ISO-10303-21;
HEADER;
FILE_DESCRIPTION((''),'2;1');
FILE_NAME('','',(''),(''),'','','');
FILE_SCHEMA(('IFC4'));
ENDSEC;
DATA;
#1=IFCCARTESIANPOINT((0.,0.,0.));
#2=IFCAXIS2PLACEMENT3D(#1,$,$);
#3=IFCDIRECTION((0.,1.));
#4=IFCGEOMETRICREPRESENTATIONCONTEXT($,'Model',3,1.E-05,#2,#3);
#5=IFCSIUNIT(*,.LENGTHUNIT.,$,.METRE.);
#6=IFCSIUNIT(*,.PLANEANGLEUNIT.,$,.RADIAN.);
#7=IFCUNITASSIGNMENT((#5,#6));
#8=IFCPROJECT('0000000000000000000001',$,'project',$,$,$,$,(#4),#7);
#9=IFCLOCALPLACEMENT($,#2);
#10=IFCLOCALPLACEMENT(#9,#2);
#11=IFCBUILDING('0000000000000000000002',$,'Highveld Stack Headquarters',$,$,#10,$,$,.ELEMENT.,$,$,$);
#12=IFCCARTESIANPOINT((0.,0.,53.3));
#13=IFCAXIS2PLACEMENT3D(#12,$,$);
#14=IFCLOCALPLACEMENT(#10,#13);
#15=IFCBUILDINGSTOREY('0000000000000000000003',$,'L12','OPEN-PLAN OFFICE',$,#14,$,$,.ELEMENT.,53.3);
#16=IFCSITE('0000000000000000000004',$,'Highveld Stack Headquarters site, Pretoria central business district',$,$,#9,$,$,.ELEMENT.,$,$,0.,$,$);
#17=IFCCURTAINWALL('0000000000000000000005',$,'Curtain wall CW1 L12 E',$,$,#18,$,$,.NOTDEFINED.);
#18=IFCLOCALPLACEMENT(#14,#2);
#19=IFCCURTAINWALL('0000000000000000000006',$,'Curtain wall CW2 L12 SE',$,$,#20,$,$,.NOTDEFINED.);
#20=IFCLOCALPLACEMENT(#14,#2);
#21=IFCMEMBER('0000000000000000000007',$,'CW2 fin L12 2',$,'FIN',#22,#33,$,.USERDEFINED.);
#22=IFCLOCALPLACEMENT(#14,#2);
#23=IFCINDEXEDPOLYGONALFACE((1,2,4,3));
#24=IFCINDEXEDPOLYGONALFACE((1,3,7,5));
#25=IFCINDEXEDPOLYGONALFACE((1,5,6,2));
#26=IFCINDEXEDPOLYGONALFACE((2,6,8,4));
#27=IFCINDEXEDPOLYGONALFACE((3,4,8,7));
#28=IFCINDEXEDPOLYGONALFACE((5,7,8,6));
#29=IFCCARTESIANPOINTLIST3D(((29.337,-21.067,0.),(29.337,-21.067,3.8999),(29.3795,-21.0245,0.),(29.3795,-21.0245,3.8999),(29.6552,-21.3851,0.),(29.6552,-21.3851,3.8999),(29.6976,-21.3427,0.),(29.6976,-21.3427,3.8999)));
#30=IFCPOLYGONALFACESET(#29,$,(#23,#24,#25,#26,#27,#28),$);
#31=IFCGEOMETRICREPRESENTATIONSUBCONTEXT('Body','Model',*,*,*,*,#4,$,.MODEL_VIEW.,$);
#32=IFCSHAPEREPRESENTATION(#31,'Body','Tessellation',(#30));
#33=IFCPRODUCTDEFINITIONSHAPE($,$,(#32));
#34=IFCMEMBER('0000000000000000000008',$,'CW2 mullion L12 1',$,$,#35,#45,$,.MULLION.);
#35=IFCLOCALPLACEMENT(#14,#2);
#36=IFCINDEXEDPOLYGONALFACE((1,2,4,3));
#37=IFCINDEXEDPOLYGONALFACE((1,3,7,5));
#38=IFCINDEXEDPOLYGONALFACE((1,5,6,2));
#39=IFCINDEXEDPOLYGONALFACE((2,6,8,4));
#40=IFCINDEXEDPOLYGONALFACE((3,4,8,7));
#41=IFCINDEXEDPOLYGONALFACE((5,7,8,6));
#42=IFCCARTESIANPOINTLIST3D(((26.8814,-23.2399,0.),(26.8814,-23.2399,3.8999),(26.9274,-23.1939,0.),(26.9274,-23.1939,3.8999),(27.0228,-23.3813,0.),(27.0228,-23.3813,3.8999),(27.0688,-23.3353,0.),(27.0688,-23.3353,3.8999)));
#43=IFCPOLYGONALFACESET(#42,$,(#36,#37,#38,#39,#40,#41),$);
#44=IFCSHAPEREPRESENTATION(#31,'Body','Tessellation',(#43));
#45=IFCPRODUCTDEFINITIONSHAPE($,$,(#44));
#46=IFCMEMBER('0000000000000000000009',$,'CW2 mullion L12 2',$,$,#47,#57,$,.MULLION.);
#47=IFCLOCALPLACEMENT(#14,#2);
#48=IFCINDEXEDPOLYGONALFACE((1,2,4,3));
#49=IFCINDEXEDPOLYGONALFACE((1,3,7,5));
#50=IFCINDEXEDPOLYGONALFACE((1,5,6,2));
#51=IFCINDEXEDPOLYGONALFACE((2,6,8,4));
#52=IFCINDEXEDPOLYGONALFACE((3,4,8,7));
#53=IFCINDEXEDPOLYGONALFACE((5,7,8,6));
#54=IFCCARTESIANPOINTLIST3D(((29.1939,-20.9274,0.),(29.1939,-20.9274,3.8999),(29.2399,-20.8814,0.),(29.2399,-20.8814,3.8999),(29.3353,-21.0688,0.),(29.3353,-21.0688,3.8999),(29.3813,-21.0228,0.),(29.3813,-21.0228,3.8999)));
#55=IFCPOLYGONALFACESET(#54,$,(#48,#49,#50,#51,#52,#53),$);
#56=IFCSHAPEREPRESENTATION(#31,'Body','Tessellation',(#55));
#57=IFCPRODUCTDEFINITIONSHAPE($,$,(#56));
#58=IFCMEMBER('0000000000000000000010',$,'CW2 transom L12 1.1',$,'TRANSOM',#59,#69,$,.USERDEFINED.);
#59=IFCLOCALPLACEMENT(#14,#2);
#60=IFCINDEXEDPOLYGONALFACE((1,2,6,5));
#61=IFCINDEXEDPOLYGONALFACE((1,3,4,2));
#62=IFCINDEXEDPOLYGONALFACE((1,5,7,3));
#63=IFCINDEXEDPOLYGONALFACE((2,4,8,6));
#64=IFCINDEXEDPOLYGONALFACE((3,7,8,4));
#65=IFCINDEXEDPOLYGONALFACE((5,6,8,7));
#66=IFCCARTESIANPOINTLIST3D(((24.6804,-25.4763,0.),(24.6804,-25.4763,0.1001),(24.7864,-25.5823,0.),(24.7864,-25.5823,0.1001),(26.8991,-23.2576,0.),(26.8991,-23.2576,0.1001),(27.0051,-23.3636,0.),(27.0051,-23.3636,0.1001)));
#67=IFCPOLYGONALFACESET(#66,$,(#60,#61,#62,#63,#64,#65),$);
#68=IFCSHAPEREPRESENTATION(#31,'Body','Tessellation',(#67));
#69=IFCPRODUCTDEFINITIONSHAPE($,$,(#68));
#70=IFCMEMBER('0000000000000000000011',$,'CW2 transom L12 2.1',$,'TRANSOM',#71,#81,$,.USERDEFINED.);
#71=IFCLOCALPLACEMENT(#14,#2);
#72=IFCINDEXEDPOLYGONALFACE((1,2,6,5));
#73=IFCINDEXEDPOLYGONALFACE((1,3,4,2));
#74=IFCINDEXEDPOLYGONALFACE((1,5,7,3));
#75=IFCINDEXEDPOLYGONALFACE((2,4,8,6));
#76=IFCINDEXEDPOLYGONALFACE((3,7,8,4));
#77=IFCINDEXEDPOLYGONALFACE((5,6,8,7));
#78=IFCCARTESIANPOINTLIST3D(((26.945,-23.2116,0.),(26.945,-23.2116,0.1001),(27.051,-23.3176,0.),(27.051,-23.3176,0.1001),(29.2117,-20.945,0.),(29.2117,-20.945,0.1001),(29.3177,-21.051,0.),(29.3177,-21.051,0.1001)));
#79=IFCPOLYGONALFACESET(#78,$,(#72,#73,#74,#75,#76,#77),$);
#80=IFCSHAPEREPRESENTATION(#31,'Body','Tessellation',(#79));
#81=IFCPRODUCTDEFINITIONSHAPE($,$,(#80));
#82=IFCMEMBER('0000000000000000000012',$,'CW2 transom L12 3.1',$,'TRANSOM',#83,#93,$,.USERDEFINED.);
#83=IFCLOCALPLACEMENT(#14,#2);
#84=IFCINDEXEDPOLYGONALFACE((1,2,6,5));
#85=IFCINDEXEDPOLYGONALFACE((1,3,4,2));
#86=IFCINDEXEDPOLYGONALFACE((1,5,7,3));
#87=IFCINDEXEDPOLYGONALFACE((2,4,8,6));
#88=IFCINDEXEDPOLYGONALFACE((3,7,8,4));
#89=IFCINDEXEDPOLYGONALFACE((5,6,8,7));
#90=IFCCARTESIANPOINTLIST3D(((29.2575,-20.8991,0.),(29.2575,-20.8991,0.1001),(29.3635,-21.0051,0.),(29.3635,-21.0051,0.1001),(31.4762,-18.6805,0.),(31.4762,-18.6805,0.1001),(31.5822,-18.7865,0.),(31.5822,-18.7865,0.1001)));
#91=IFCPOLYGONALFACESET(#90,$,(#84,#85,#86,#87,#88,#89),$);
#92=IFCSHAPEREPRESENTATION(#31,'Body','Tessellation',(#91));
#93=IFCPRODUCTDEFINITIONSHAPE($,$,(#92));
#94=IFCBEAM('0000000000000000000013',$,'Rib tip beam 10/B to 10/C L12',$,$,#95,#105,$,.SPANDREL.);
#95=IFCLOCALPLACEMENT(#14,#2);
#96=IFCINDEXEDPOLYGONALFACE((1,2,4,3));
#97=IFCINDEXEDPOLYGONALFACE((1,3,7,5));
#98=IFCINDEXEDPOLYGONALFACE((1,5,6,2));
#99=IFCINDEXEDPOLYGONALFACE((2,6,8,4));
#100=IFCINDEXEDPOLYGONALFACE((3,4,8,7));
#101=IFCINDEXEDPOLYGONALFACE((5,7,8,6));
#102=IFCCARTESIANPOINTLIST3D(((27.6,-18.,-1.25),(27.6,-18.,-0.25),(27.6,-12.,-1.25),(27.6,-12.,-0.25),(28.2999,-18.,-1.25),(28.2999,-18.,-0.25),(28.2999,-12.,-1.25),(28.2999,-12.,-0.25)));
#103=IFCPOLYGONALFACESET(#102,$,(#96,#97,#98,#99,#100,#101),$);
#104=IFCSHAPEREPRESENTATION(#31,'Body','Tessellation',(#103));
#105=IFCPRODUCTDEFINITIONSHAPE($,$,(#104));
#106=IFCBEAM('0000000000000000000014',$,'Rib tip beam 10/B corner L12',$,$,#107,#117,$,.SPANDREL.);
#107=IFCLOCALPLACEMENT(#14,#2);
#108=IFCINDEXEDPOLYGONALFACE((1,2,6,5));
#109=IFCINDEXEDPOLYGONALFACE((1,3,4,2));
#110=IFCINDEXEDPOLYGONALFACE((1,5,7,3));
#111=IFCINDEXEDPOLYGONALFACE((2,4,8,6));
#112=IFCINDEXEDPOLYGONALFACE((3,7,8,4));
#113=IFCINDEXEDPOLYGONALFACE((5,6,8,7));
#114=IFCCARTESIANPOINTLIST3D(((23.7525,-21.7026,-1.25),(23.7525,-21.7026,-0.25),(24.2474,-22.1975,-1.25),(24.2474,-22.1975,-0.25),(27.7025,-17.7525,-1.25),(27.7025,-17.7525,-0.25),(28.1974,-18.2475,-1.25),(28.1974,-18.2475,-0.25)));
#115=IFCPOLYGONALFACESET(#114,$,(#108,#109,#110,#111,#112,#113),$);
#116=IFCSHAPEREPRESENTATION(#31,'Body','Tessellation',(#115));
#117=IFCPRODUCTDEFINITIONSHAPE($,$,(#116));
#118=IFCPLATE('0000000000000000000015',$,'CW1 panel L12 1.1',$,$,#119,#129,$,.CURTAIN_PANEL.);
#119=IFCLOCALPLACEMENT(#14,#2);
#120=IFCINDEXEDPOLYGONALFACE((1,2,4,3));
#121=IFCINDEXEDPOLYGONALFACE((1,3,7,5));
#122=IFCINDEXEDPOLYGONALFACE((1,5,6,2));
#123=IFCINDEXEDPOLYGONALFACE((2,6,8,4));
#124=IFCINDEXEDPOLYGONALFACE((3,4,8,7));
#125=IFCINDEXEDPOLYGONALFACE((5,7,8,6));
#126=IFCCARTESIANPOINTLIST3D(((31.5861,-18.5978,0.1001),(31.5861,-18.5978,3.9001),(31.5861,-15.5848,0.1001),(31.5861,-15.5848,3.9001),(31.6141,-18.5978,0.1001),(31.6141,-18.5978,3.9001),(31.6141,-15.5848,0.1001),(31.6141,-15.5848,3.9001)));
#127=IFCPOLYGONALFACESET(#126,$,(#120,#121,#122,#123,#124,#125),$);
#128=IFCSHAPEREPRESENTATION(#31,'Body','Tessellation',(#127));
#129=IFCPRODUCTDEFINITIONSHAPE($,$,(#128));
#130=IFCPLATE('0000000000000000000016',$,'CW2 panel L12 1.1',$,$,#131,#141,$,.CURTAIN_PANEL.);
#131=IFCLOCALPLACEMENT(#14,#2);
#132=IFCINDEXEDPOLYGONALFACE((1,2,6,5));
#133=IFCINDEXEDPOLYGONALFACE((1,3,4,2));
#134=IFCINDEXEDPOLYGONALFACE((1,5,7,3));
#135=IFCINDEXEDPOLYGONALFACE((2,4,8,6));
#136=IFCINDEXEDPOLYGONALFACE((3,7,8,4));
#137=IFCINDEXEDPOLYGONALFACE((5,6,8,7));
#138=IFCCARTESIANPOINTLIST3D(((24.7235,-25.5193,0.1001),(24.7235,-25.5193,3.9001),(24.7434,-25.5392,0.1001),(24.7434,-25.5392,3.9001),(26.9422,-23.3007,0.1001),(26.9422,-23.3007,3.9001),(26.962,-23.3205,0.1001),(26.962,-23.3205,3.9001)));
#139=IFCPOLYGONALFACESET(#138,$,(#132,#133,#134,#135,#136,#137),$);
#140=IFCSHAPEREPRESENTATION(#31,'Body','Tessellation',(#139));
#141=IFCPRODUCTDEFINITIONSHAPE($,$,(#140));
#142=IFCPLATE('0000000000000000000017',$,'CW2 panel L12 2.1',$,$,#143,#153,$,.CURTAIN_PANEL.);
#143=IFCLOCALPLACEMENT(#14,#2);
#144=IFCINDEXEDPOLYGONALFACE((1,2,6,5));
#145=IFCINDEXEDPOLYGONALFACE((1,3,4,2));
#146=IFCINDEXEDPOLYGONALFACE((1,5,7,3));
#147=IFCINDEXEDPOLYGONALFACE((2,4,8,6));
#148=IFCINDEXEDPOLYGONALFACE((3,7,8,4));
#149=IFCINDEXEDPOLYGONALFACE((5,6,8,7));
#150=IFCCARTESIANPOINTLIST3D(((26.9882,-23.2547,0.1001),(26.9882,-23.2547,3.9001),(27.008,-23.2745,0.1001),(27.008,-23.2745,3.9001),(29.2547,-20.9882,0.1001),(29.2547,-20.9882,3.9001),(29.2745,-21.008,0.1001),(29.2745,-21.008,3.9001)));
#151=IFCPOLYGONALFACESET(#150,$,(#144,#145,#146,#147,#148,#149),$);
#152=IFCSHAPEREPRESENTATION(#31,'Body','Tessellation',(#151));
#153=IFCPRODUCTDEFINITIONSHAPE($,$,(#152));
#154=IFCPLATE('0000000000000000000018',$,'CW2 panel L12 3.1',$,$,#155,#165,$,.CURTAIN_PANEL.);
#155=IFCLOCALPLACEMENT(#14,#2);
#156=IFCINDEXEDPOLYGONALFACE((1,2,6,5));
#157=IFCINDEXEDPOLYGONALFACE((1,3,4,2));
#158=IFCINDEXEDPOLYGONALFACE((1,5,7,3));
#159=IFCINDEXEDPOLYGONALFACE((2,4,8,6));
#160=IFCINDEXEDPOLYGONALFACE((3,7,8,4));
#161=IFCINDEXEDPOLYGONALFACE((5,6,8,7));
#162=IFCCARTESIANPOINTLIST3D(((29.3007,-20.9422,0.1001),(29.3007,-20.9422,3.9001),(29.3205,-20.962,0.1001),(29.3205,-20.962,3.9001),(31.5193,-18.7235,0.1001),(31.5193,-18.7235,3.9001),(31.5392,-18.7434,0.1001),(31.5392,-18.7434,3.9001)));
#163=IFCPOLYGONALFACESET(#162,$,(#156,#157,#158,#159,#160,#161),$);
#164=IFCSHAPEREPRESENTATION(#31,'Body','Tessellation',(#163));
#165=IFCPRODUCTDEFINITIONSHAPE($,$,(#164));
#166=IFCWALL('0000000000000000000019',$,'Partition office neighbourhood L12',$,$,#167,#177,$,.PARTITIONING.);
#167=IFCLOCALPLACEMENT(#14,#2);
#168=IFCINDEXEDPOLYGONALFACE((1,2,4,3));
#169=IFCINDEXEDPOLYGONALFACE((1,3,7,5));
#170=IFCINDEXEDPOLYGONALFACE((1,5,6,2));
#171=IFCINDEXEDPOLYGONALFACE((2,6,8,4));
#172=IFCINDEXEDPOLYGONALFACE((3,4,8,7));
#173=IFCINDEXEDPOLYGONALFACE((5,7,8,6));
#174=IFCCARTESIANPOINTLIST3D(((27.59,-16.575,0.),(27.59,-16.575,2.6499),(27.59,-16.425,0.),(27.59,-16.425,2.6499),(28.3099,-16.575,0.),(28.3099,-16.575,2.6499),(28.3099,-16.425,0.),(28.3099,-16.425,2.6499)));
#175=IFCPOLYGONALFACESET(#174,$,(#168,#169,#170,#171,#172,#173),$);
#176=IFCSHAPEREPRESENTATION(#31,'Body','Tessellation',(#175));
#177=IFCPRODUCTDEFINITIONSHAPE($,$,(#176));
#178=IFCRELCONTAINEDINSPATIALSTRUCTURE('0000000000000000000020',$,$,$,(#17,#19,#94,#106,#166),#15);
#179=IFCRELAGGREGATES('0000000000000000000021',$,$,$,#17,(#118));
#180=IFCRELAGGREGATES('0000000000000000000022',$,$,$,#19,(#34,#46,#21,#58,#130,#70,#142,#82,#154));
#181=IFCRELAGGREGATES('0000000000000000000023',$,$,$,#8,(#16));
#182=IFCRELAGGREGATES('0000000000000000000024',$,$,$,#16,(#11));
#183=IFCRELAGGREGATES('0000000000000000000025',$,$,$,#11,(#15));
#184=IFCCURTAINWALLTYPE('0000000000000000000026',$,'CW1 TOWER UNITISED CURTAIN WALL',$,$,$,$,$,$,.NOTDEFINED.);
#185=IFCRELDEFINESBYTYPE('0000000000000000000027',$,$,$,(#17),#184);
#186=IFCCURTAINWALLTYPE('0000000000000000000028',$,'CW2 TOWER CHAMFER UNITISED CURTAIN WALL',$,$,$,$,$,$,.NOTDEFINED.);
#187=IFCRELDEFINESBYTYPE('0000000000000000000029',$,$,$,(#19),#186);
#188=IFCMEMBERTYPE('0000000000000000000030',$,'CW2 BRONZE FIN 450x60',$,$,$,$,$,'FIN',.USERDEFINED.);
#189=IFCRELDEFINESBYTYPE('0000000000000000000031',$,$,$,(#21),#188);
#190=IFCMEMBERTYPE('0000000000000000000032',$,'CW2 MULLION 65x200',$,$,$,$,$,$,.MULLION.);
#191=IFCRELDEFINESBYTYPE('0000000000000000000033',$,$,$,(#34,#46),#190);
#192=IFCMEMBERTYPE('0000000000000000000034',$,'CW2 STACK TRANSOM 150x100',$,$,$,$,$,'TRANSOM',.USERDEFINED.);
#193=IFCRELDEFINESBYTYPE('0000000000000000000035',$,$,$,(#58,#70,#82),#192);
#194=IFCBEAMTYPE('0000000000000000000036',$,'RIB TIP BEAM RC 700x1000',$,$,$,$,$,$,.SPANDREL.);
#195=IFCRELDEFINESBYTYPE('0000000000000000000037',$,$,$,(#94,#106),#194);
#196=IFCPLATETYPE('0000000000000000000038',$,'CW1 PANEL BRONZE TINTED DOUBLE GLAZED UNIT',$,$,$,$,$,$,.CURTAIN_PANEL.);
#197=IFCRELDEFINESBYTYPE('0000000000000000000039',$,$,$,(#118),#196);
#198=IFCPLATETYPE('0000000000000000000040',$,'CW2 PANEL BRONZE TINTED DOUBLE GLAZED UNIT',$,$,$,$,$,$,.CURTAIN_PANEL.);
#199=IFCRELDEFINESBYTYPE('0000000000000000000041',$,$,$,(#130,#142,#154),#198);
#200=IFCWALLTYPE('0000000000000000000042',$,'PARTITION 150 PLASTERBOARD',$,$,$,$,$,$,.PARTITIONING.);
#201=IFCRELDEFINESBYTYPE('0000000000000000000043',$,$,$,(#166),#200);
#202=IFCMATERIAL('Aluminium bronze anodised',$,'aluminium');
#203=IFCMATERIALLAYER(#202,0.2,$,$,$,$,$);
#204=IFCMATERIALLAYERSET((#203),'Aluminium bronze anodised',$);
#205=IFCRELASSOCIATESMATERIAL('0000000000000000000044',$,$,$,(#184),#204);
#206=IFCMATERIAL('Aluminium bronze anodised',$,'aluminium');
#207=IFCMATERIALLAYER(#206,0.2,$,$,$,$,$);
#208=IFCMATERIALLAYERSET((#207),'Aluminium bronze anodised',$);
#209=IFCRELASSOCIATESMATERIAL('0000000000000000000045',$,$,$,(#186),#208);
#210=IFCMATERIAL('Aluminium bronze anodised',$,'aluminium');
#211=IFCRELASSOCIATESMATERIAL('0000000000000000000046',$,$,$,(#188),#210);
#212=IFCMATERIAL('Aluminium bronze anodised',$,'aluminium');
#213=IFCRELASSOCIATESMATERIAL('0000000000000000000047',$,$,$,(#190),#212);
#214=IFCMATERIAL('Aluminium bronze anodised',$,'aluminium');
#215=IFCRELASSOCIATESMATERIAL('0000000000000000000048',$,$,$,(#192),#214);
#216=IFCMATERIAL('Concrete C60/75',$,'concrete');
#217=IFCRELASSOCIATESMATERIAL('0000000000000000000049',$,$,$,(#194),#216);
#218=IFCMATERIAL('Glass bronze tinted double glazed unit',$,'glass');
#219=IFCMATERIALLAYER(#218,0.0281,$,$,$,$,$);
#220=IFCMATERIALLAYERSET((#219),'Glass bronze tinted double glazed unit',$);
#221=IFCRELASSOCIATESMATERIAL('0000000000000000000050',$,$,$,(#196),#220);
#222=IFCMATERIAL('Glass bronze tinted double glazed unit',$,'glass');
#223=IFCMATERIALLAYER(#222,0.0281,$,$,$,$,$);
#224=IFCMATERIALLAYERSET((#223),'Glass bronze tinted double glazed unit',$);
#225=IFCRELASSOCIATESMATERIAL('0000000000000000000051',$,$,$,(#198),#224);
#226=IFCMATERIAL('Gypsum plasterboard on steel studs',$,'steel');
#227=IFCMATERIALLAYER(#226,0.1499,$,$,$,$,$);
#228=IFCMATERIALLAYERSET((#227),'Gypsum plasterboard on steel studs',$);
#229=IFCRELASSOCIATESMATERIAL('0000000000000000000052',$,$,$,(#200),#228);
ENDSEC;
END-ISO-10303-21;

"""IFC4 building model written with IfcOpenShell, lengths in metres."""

from ifc_helpers import new_model, si_unit, direction, frame, frame_2d, origin, origin_2d, place, context, subcontext, project, spatial, rectangle, extrude, material, layer, layer_set, material_profile, profile_set, type_object, element, aggregate, save


model = new_model("IFC4")

# Units and contexts
model_context = context("Model", 3, precision=1e-05, world=origin(), true_north=direction((0.0, 1.0)))
body_context = subcontext(model_context, "Body", "Model", "MODEL_VIEW")
ifc_project = project(units=[si_unit("LENGTHUNIT", "METRE"), si_unit("PLANEANGLEUNIT", "RADIAN")], contexts=[model_context])

# Site, building, storey
site_placement = place(None, origin())
site = spatial("IfcSite", under=ifc_project, at=site_placement, Name="Highveld Stack Headquarters site, Pretoria central business district", CompositionType="ELEMENT", RefElevation=0.0)
building_placement = place(site_placement, origin())
building = spatial("IfcBuilding", under=site, at=building_placement, Name="Highveld Stack Headquarters", CompositionType="ELEMENT")
storey_placement = place(building_placement, frame((0.0, 0.0, 53.3)))
storey = spatial("IfcBuildingStorey", under=building, at=storey_placement, Name="L12", Description="OPEN-PLAN OFFICE", CompositionType="ELEMENT", Elevation=53.3)

# Shared definitions
ifc_material_1 = material(Name="Aluminium bronze anodised", Category="aluminium")
ifc_layer_1 = layer(ifc_material_1, 0.2)
ifc_layer_set_1 = layer_set([ifc_layer_1], Name="Aluminium bronze anodised")
curtain_wall_type_1 = type_object("IfcCurtainWallType", Name="CW1 TOWER UNITISED CURTAIN WALL", PredefinedType="NOTDEFINED", material=ifc_layer_set_1)

# Curtain wall
curtain_wall_1_placement = place(storey_placement, origin())
curtain_wall_1 = element("IfcCurtainWall", 1, at=curtain_wall_1_placement, inside=storey, type_object=curtain_wall_type_1, Name="Curtain wall CW1 L12 E", PredefinedType="NOTDEFINED")

# Curtain wall, members
ifc_material_2 = material(Name="Aluminium bronze anodised", Category="aluminium")
ifc_layer_2 = layer(ifc_material_2, 0.2)
ifc_layer_set_2 = layer_set([ifc_layer_2], Name="Aluminium bronze anodised")
curtain_wall_type_2 = type_object("IfcCurtainWallType", Name="CW2 TOWER CHAMFER UNITISED CURTAIN WALL", PredefinedType="NOTDEFINED", material=ifc_layer_set_2)
curtain_wall_2_placement = place(storey_placement, origin())
curtain_wall_2 = element("IfcCurtainWall", 2, at=curtain_wall_2_placement, inside=storey, type_object=curtain_wall_type_2, Name="Curtain wall CW2 L12 SE", PredefinedType="NOTDEFINED")
ifc_material_3 = material(Name="Aluminium bronze anodised", Category="aluminium")
ifc_material_profile_1 = material_profile(ifc_material_3, rectangle(XDim=0.45, YDim=0.0601, at=origin_2d()), Name="FIN 450x60")
ifc_profile_set_1 = profile_set([ifc_material_profile_1], Name="Aluminium bronze anodised")
member_type_1 = type_object("IfcMemberType", Name="CW2 BRONZE FIN 450x60", ElementType="FIN", PredefinedType="USERDEFINED", material=ifc_profile_set_1)
member_1_placement = place(storey_placement, frame((29.5173, -21.2048, 0.0), z_axis=(0.0, 0.0, 1.0), x_axis=(-0.707107, 0.707107, 0.0)))
member_1 = element("IfcMember", 3, at=member_1_placement, type_object=member_type_1, Name="CW2 fin L12 2", ObjectType="FIN", PredefinedType="USERDEFINED", context=body_context, shape_type="SweptSolid", body=[
    extrude(rectangle(XDim=0.45, YDim=0.0601, at=origin_2d()), origin(), (0.0, 0.0, 1.0), 3.8999),
])
ifc_material_4 = material(Name="Aluminium bronze anodised", Category="aluminium")
ifc_material_profile_2 = material_profile(ifc_material_4, rectangle(XDim=0.2, YDim=0.0649, at=origin_2d()), Name="CW2 MULLION 65x200")
ifc_profile_set_2 = profile_set([ifc_material_profile_2], Name="Aluminium bronze anodised")
member_type_2 = type_object("IfcMemberType", Name="CW2 MULLION 65x200", PredefinedType="MULLION", material=ifc_profile_set_2)
member_2_placement = place(storey_placement, frame((26.9751, -23.2876, 0.0), z_axis=(0.0, 0.0, 1.0), x_axis=(-0.707107, 0.707107, 0.0)))
member_2 = element("IfcMember", 4, at=member_2_placement, type_object=member_type_2, Name="CW2 mullion L12 1", PredefinedType="MULLION", context=body_context, shape_type="SweptSolid", body=[
    extrude(rectangle(XDim=0.2, YDim=0.0649, at=origin_2d()), origin(), (0.0, 0.0, 1.0), 3.8999),
])
member_3_placement = place(storey_placement, frame((29.2876, -20.9751, 0.0), z_axis=(0.0, 0.0, 1.0), x_axis=(-0.707107, 0.707107, 0.0)))
member_3 = element("IfcMember", 5, at=member_3_placement, type_object=member_type_2, Name="CW2 mullion L12 2", PredefinedType="MULLION", context=body_context, shape_type="SweptSolid", body=[
    extrude(rectangle(XDim=0.2, YDim=0.0649, at=origin_2d()), origin(), (0.0, 0.0, 1.0), 3.8999),
])
ifc_material_5 = material(Name="Aluminium bronze anodised", Category="aluminium")
ifc_material_profile_3 = material_profile(ifc_material_5, rectangle(XDim=0.1499, YDim=0.1001, at=origin_2d()), Name="CW2 TRANSOM 150x100")
ifc_profile_set_3 = profile_set([ifc_material_profile_3], Name="Aluminium bronze anodised")
member_type_3 = type_object("IfcMemberType", Name="CW2 STACK TRANSOM 150x100", ElementType="TRANSOM", PredefinedType="USERDEFINED", material=ifc_profile_set_3)
member_4_placement = place(storey_placement, frame((24.7334, -25.5293, 0.05), z_axis=(0.707107, 0.707107, 0.0), x_axis=(-0.707107, 0.707107, 0.0)))
member_4 = element("IfcMember", 6, at=member_4_placement, type_object=member_type_3, Name="CW2 transom L12 1.1", ObjectType="TRANSOM", PredefinedType="USERDEFINED", context=body_context, shape_type="SweptSolid", body=[
    extrude(rectangle(XDim=0.1499, YDim=0.1001, at=origin_2d()), origin(), (0.0, 0.0, 1.0), 3.1377),
])
member_5_placement = place(storey_placement, frame((26.998, -23.2646, 0.05), z_axis=(0.707107, 0.707107, 0.0), x_axis=(-0.707107, 0.707107, 0.0)))
member_5 = element("IfcMember", 7, at=member_5_placement, type_object=member_type_3, Name="CW2 transom L12 2.1", ObjectType="TRANSOM", PredefinedType="USERDEFINED", context=body_context, shape_type="SweptSolid", body=[
    extrude(rectangle(XDim=0.1499, YDim=0.1001, at=origin_2d()), origin(), (0.0, 0.0, 1.0), 3.2056),
])
member_6_placement = place(storey_placement, frame((29.3105, -20.9521, 0.05), z_axis=(0.707107, 0.707107, 0.0), x_axis=(-0.707107, 0.707107, 0.0)))
member_6 = element("IfcMember", 8, at=member_6_placement, type_object=member_type_3, Name="CW2 transom L12 3.1", ObjectType="TRANSOM", PredefinedType="USERDEFINED", context=body_context, shape_type="SweptSolid", body=[
    extrude(rectangle(XDim=0.1499, YDim=0.1001, at=origin_2d()), origin(), (0.0, 0.0, 1.0), 3.1377),
])

# Beams
ifc_material_6 = material(Name="Concrete C60/75", Category="concrete")
ifc_material_profile_4 = material_profile(ifc_material_6, rectangle(XDim=0.7, YDim=1.0, at=origin_2d()), Name="RC 700x1000")
ifc_profile_set_4 = profile_set([ifc_material_profile_4], Name="Concrete C60/75")
beam_type_1 = type_object("IfcBeamType", Name="RIB TIP BEAM RC 700x1000", PredefinedType="SPANDREL", material=ifc_profile_set_4)
beam_1_placement = place(storey_placement, frame((27.95, -18.0, -0.75), z_axis=(0.0, 1.0, 0.0), x_axis=(-1.0, 0.0, 0.0)))
element("IfcBeam", 9, at=beam_1_placement, inside=storey, type_object=beam_type_1, Name="Rib tip beam 10/B to 10/C L12", PredefinedType="SPANDREL", context=body_context, shape_type="SweptSolid", body=[
    extrude(rectangle(XDim=0.7, YDim=1.0, at=origin_2d()), origin(), (0.0, 0.0, 1.0), 6.0),
])
beam_2_placement = place(storey_placement, frame((27.95, -18.0, -0.75), z_axis=(-0.707107, -0.707107, 0.0), x_axis=(0.707107, -0.707107, 0.0)))
element("IfcBeam", 10, at=beam_2_placement, inside=storey, type_object=beam_type_1, Name="Rib tip beam 10/B corner L12", PredefinedType="SPANDREL", context=body_context, shape_type="SweptSolid", body=[
    extrude(rectangle(XDim=0.7, YDim=1.0, at=origin_2d()), origin(), (0.0, 0.0, 1.0), 5.5862),
])

# Plates
ifc_material_7 = material(Name="Glass bronze tinted double glazed unit", Category="glass")
ifc_layer_3 = layer(ifc_material_7, 0.0281)
ifc_layer_set_3 = layer_set([ifc_layer_3], Name="Glass bronze tinted double glazed unit")
plate_type_1 = type_object("IfcPlateType", Name="CW1 PANEL BRONZE TINTED DOUBLE GLAZED UNIT", PredefinedType="CURTAIN_PANEL", material=ifc_layer_set_3)
plate_1_placement = place(storey_placement, frame((31.6001, -17.0913, 0.1001), z_axis=(0.0, 0.0, 1.0), x_axis=(0.0, 1.0, 0.0)))
plate_1 = element("IfcPlate", 11, at=plate_1_placement, type_object=plate_type_1, Name="CW1 panel L12 1.1", PredefinedType="CURTAIN_PANEL", context=body_context, shape_type="SweptSolid", body=[
    extrude(rectangle(XDim=3.0129, YDim=0.0281, at=origin_2d()), origin(), (0.0, 0.0, 1.0), 3.8),
])
aggregate(curtain_wall_1, [plate_1])
ifc_material_8 = material(Name="Glass bronze tinted double glazed unit", Category="glass")
ifc_layer_4 = layer(ifc_material_8, 0.0281)
ifc_layer_set_4 = layer_set([ifc_layer_4], Name="Glass bronze tinted double glazed unit")
plate_type_2 = type_object("IfcPlateType", Name="CW2 PANEL BRONZE TINTED DOUBLE GLAZED UNIT", PredefinedType="CURTAIN_PANEL", material=ifc_layer_set_4)
plate_2_placement = place(storey_placement, frame((25.8428, -24.4199, 0.1001), z_axis=(0.0, 0.0, 1.0), x_axis=(0.707107, 0.707107, 0.0)))
plate_2 = element("IfcPlate", 12, at=plate_2_placement, type_object=plate_type_2, Name="CW2 panel L12 1.1", PredefinedType="CURTAIN_PANEL", context=body_context, shape_type="SweptSolid", body=[
    extrude(rectangle(XDim=3.1377, YDim=0.0281, at=origin_2d()), origin(), (0.0, 0.0, 1.0), 3.8),
])
plate_3_placement = place(storey_placement, frame((28.1313, -22.1313, 0.1001), z_axis=(0.0, 0.0, 1.0), x_axis=(0.707107, 0.707107, 0.0)))
plate_3 = element("IfcPlate", 13, at=plate_3_placement, type_object=plate_type_2, Name="CW2 panel L12 2.1", PredefinedType="CURTAIN_PANEL", context=body_context, shape_type="SweptSolid", body=[
    extrude(rectangle(XDim=3.2053, YDim=0.0281, at=origin_2d()), origin(), (0.0, 0.0, 1.0), 3.8),
])
plate_4_placement = place(storey_placement, frame((30.4199, -19.8428, 0.1001), z_axis=(0.0, 0.0, 1.0), x_axis=(0.707107, 0.707107, 0.0)))
plate_4 = element("IfcPlate", 14, at=plate_4_placement, type_object=plate_type_2, Name="CW2 panel L12 3.1", PredefinedType="CURTAIN_PANEL", context=body_context, shape_type="SweptSolid", body=[
    extrude(rectangle(XDim=3.1377, YDim=0.0281, at=origin_2d()), origin(), (0.0, 0.0, 1.0), 3.8),
])
aggregate(curtain_wall_2, [member_2, member_3, member_1, member_4, plate_2, member_5, plate_3, member_6, plate_4])

# Wall
ifc_material_9 = material(Name="Gypsum plasterboard on steel studs", Category="steel")
ifc_layer_5 = layer(ifc_material_9, 0.1499)
ifc_layer_set_5 = layer_set([ifc_layer_5], Name="Gypsum plasterboard on steel studs")
wall_type = type_object("IfcWallType", Name="PARTITION 150 PLASTERBOARD", PredefinedType="PARTITIONING", material=ifc_layer_set_5)
wall_1_placement = place(storey_placement, frame((27.5901, -16.5, 0.0), z_axis=(0.0, 0.0, 1.0), x_axis=(1.0, 0.0, 0.0)))
element("IfcWall", 15, at=wall_1_placement, inside=storey, type_object=wall_type, Name="Partition office neighbourhood L12", PredefinedType="PARTITIONING", context=body_context, shape_type="SweptSolid", body=[
    extrude(rectangle(XDim=0.72, YDim=0.1499, at=frame_2d((0.3599, 0.0))), origin(), (0.0, 0.0, 1.0), 2.6499),
])

save(model, "model.ifc")
